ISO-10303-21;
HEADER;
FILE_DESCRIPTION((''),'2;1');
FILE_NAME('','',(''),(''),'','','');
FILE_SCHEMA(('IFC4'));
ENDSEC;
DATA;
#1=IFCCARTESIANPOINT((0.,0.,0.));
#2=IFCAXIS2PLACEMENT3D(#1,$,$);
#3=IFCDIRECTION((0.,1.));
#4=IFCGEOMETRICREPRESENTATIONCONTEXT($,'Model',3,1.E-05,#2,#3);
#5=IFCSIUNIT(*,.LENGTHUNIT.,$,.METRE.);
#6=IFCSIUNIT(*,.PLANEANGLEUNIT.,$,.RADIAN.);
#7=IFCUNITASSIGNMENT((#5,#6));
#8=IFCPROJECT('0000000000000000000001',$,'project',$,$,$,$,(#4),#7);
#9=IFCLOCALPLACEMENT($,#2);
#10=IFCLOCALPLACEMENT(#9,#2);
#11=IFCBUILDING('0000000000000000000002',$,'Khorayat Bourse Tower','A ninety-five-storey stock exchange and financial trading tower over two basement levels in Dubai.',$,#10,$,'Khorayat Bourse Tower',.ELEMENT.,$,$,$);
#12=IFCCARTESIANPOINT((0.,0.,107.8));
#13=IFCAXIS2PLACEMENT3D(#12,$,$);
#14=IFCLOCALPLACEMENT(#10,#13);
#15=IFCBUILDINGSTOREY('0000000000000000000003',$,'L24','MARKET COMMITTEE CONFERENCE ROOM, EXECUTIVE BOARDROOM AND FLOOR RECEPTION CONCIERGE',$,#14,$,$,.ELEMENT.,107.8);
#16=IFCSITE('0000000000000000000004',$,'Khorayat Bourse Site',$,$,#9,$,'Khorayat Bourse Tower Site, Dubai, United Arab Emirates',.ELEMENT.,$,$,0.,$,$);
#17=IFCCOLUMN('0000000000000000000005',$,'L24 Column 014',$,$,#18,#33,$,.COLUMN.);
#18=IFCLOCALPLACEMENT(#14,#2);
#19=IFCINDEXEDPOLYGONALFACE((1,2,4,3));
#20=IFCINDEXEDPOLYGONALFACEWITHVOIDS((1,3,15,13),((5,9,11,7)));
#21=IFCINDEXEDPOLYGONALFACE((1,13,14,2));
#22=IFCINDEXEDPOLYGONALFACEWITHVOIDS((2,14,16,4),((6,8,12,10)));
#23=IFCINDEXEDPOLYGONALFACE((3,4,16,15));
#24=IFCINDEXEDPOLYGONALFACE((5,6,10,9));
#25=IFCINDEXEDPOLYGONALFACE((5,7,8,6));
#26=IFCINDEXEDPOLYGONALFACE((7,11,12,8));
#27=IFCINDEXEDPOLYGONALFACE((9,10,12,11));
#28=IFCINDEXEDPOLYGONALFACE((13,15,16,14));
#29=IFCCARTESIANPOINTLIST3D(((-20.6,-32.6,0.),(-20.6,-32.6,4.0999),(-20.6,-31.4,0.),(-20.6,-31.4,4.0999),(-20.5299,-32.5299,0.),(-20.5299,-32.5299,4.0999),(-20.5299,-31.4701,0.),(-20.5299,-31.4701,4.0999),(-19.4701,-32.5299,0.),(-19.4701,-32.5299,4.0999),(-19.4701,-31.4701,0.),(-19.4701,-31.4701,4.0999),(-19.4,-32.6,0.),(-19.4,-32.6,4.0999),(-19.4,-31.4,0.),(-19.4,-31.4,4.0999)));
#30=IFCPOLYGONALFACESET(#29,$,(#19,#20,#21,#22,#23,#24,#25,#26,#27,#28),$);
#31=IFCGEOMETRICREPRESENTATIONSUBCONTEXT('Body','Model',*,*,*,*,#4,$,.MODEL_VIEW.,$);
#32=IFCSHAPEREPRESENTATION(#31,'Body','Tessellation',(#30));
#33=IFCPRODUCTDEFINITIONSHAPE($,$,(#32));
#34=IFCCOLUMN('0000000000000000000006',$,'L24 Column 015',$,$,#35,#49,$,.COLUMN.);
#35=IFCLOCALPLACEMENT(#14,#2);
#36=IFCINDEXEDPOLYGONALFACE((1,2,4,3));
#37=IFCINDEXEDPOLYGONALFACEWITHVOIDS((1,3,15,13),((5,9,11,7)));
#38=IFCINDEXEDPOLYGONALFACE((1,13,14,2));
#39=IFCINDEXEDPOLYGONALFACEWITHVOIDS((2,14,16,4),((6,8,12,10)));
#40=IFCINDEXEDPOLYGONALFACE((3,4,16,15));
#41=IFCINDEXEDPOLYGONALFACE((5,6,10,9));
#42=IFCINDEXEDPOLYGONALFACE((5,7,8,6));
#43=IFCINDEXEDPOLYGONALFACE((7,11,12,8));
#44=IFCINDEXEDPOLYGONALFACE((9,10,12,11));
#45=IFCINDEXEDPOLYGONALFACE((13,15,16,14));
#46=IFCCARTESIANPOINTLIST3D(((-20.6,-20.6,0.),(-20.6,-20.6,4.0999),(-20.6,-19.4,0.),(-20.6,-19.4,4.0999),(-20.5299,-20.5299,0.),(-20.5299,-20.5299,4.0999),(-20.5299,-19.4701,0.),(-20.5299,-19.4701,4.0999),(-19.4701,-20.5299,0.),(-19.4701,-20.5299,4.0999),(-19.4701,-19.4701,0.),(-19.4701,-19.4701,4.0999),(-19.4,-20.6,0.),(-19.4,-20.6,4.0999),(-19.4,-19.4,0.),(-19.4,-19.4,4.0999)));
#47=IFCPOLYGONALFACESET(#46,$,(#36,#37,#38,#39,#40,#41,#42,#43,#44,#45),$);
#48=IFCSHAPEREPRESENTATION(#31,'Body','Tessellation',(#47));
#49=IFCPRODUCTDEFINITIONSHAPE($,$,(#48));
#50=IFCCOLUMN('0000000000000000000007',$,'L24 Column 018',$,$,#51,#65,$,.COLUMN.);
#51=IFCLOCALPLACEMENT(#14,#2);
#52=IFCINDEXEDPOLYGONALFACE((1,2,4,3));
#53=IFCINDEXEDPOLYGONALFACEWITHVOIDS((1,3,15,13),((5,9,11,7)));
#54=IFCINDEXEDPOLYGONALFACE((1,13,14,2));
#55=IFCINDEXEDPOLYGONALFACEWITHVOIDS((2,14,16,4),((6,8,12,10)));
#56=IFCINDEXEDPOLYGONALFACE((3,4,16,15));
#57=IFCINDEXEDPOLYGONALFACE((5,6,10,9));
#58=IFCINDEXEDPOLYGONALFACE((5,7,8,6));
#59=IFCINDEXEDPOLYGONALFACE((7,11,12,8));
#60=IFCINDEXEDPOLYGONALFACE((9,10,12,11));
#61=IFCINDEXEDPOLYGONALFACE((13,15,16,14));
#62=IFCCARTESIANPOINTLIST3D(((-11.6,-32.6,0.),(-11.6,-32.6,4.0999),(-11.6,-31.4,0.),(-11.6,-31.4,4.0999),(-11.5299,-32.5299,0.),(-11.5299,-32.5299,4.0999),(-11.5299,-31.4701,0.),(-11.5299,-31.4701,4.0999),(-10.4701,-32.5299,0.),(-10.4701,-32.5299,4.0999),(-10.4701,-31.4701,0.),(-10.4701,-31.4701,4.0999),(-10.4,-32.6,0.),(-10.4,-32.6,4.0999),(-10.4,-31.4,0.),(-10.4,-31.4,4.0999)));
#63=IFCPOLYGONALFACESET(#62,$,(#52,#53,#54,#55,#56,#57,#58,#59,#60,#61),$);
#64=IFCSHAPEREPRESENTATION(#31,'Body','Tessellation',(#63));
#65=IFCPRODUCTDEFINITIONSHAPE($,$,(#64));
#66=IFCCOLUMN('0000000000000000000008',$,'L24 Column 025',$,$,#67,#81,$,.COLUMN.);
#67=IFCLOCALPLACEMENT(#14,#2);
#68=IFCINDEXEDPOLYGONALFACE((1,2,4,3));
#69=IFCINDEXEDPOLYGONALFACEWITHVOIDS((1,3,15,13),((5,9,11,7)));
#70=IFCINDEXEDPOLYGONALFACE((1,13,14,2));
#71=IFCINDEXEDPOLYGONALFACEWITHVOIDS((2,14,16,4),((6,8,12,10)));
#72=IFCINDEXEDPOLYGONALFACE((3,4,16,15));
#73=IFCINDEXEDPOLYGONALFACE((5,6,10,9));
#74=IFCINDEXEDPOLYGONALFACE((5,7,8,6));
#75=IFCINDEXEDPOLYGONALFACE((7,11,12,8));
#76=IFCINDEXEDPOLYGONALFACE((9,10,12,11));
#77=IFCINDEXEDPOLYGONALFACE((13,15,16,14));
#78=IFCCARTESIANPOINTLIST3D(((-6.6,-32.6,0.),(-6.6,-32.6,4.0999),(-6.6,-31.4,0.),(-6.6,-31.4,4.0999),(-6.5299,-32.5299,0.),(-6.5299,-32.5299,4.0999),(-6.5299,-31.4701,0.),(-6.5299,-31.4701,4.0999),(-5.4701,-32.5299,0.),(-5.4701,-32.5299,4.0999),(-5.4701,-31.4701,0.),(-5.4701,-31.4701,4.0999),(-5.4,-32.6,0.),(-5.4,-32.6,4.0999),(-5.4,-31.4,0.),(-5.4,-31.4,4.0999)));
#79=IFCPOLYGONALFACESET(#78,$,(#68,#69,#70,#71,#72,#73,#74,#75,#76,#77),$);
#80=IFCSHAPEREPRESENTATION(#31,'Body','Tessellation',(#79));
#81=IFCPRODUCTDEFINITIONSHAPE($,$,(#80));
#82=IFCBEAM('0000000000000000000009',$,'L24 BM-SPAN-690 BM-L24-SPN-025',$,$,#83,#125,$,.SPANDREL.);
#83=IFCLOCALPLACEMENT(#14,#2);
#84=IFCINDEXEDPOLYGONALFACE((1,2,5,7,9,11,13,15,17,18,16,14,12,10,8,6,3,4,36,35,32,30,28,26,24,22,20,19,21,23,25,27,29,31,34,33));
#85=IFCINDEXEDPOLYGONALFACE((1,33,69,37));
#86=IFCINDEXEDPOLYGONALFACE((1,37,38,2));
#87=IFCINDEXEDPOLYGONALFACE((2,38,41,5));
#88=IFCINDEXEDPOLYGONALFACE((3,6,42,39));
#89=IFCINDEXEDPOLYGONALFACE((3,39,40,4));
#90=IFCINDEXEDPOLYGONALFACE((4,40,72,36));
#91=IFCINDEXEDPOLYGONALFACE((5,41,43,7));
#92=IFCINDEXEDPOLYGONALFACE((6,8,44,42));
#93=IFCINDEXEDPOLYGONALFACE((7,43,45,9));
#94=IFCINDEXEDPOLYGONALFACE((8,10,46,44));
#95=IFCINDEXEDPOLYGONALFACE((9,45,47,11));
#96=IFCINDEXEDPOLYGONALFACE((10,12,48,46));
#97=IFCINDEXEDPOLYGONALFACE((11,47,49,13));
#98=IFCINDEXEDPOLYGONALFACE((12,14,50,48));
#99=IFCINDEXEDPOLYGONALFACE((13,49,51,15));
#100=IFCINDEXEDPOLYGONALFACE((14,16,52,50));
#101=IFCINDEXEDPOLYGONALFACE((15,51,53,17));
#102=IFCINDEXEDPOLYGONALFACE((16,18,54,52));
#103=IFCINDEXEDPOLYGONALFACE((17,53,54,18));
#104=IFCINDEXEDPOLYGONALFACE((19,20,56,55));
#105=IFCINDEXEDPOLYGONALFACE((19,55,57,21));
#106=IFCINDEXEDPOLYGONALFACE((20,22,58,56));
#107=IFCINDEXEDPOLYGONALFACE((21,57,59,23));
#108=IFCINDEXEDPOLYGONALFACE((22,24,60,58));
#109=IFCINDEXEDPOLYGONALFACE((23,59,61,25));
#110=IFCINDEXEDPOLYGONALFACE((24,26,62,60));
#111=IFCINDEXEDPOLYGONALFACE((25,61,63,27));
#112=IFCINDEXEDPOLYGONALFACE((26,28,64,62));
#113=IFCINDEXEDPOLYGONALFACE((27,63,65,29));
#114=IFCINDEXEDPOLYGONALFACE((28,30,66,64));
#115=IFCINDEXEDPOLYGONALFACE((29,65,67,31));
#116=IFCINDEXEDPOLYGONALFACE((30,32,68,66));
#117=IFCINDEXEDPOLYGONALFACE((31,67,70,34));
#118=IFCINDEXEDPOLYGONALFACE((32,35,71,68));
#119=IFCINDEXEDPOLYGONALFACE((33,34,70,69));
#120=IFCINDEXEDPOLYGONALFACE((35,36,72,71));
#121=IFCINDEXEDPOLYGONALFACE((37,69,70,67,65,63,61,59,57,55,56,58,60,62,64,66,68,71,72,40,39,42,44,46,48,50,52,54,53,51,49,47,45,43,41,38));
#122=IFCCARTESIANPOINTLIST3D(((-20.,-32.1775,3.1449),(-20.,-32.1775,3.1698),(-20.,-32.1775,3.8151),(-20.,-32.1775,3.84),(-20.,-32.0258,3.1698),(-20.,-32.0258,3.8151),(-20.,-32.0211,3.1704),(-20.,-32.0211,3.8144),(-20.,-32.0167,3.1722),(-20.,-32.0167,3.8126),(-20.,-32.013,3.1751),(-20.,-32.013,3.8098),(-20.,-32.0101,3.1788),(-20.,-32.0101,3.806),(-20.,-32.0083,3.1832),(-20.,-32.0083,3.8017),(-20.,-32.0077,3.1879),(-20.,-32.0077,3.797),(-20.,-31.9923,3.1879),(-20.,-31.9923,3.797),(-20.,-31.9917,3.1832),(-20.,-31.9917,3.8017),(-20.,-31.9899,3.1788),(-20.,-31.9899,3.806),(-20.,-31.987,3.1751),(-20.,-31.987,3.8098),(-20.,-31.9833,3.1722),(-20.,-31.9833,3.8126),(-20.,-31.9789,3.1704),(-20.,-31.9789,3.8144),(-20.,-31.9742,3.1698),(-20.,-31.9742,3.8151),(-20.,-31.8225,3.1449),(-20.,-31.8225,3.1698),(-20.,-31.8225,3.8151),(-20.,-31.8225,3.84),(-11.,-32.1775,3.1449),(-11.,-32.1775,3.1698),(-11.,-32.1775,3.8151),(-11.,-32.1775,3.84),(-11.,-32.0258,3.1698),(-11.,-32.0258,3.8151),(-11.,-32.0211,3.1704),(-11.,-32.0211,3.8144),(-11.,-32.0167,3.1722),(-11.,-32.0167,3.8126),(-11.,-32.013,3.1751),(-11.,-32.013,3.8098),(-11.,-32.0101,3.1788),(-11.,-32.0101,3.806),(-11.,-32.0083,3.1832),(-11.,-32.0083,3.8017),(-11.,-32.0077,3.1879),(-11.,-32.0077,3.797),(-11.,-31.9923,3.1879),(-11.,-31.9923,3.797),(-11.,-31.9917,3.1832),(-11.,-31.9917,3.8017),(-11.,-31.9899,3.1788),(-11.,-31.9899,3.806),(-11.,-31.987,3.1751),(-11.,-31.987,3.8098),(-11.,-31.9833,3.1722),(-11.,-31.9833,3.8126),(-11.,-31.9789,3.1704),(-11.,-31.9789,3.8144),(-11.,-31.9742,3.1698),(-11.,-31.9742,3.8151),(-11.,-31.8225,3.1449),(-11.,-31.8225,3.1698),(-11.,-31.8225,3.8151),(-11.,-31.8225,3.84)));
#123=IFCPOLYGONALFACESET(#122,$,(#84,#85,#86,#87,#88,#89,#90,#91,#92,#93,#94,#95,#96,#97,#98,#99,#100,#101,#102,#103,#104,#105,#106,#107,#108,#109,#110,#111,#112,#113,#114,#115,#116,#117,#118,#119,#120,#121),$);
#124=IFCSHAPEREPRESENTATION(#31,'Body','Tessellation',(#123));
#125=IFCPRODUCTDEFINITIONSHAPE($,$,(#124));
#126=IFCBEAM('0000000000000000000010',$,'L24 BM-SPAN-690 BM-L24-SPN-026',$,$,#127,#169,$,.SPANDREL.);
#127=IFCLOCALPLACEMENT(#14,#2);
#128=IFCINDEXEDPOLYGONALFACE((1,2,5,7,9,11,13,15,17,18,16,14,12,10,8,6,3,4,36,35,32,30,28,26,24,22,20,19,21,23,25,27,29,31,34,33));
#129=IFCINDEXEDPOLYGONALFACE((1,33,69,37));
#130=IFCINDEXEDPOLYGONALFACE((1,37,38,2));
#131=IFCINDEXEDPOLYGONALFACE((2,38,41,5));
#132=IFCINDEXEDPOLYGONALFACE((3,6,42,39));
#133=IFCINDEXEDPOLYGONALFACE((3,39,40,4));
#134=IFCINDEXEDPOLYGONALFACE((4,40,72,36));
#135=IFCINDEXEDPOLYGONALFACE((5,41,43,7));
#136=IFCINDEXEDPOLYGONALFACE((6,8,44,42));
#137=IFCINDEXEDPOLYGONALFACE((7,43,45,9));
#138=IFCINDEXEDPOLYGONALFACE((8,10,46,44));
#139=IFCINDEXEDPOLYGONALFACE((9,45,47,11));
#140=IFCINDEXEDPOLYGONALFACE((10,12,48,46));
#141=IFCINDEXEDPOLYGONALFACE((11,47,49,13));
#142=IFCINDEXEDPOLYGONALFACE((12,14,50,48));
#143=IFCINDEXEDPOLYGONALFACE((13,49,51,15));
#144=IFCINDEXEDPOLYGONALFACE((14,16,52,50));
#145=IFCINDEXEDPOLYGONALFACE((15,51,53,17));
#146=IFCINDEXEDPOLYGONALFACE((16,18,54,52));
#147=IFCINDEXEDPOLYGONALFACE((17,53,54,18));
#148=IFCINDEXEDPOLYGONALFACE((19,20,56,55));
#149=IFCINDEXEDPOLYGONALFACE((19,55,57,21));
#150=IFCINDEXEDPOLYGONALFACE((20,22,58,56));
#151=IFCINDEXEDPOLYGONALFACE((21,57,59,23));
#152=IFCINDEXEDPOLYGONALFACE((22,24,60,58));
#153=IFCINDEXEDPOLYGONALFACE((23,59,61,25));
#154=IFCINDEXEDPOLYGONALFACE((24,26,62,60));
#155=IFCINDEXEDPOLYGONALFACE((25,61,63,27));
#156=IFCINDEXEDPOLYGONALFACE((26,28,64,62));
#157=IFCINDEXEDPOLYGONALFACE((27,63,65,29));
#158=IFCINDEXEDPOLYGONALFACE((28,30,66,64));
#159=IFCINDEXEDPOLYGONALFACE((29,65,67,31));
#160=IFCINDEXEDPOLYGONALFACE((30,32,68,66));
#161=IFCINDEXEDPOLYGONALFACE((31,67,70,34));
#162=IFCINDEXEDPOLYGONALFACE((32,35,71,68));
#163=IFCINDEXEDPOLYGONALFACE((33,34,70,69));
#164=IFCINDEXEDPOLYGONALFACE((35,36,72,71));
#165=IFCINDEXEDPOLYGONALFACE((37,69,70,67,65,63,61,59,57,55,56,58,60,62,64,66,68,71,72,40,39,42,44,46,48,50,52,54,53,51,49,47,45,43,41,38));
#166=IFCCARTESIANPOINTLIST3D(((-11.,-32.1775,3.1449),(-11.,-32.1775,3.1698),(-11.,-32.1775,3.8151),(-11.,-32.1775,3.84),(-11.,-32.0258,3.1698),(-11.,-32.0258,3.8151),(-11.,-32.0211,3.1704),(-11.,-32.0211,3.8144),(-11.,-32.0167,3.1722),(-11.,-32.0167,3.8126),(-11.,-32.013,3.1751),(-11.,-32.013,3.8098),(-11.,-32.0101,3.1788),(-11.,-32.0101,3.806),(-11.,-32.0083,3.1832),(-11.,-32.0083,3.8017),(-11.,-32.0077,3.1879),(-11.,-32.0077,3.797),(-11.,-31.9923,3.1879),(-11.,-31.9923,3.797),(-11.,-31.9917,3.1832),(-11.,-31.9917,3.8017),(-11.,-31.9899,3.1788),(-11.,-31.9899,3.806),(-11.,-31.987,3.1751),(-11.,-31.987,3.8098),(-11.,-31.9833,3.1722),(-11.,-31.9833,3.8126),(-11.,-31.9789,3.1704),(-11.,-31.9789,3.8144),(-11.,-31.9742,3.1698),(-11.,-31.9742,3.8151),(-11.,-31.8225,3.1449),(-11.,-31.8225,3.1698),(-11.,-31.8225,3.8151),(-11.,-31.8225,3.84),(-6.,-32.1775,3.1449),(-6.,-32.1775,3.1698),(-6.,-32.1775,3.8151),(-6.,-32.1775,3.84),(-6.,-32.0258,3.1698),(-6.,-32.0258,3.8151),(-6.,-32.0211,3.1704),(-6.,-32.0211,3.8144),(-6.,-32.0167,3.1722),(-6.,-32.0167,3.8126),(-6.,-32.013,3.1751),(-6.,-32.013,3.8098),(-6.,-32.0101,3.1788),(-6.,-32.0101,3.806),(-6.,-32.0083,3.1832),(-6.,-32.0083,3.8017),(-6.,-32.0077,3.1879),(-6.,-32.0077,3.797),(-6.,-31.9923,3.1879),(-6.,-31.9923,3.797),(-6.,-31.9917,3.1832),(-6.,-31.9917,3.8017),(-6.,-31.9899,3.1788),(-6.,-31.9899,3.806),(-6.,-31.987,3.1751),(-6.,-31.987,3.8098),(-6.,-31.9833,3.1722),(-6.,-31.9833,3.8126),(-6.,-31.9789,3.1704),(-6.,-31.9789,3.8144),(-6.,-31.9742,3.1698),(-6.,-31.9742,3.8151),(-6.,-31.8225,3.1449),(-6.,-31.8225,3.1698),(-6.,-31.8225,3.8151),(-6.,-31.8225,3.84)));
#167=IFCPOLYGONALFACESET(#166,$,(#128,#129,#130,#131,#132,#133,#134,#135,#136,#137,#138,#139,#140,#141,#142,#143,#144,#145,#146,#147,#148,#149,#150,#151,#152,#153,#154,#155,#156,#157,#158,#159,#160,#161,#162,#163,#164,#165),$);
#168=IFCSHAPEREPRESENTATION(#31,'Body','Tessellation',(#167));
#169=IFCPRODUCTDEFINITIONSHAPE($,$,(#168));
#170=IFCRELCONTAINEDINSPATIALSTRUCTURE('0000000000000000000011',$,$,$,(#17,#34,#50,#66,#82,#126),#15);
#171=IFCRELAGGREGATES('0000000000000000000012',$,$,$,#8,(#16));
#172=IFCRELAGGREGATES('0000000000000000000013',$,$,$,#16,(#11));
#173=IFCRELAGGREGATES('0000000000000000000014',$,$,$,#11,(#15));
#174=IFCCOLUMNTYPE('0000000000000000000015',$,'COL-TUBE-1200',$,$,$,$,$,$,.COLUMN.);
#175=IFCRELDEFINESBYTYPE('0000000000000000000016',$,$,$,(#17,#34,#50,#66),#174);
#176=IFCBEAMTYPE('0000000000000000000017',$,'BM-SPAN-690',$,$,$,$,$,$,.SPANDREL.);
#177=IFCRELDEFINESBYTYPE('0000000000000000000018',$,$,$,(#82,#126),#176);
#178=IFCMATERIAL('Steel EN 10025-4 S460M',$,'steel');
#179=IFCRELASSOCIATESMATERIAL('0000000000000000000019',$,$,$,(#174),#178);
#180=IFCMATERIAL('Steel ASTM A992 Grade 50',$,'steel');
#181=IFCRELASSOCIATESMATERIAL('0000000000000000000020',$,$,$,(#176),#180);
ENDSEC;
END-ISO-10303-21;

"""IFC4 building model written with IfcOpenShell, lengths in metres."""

from ifc_helpers import new_model, si_unit, direction, frame, origin, origin_2d, place, context, subcontext, project, spatial, hollow_rectangle, i_section, extrude, source, transform, mapped, material, material_profile, profile_set, type_object, element, save


model = new_model("IFC4")

# Units and contexts
model_context = context("Model", 3, precision=1e-05, world=origin(), true_north=direction((0.0, 1.0)))
body_context = subcontext(model_context, "Body", "Model", "MODEL_VIEW")
ifc_project = project(units=[si_unit("LENGTHUNIT", "METRE"), si_unit("PLANEANGLEUNIT", "RADIAN")], contexts=[model_context])

# Site, building, storey
site_placement = place(None, origin())
site = spatial("IfcSite", under=ifc_project, at=site_placement, Name="Khorayat Bourse Site", LongName="Khorayat Bourse Tower Site, Dubai, United Arab Emirates", CompositionType="ELEMENT", RefElevation=0.0)
building_placement = place(site_placement, origin())
building = spatial("IfcBuilding", under=site, at=building_placement, Name="Khorayat Bourse Tower", Description="A ninety-five-storey stock exchange and financial trading tower over two basement levels in Dubai.", LongName="Khorayat Bourse Tower", CompositionType="ELEMENT")
storey_placement = place(building_placement, frame((0.0, 0.0, 107.8)))
storey = spatial("IfcBuildingStorey", under=building, at=storey_placement, Name="L24", Description="MARKET COMMITTEE CONFERENCE ROOM, EXECUTIVE BOARDROOM AND FLOOR RECEPTION CONCIERGE", CompositionType="ELEMENT", Elevation=107.8)

# Columns
ifc_material_1 = material(Name="Steel EN 10025-4 S460M", Category="steel")
ifc_material_profile_1 = material_profile(ifc_material_1, hollow_rectangle(XDim=1.2, YDim=1.2, WallThickness=0.0701, at=origin_2d()), Name="BOX 1200x1200x70")
ifc_profile_set_1 = profile_set([ifc_material_profile_1], Name="Steel EN 10025-4 S460M")
column_type = type_object("IfcColumnType", Name="COL-TUBE-1200", PredefinedType="COLUMN", material=ifc_profile_set_1)
shared_shape_1 = source(origin(), body_context, "Body", "SweptSolid", [
    extrude(hollow_rectangle(XDim=1.2, YDim=1.2, WallThickness=0.0701, at=origin_2d()), origin(), (0.0, 0.0, 1.0), 4.0999),
])
for number, where, z_axis, x_axis, name in (
    (1, (-20.0, -32.0, 0.0), (0.0, 0.0, 1.0), (1.0, 0.0, 0.0), "L24 Column 014"),
    (2, (-20.0, -20.0, 0.0), (0.0, 0.0, 1.0), (1.0, 0.0, 0.0), "L24 Column 015"),
    (3, (-11.0, -32.0, 0.0), (0.0, 0.0, 1.0), (1.0, 0.0, 0.0), "L24 Column 018"),
    (4, (-6.0, -32.0, 0.0), (0.0, 0.0, 1.0), (1.0, 0.0, 0.0), "L24 Column 025"),
):
    element("IfcColumn", number, at=place(storey_placement, frame(where, z_axis=z_axis, x_axis=x_axis)), inside=storey, type_object=column_type, Name=name, PredefinedType="COLUMN", context=body_context, shape_type="MappedRepresentation", body=[
        mapped(shared_shape_1, transform((0.0, 0.0, 0.0), scale=1.0)),
    ])

# Beams
ifc_material_2 = material(Name="Steel ASTM A992 Grade 50", Category="steel")
ifc_material_profile_2 = material_profile(ifc_material_2, i_section(OverallWidth=0.355, OverallDepth=0.6951, WebThickness=0.0154, FlangeThickness=0.0249, FilletRadius=0.0181, at=origin_2d()), Name="W690X217")
ifc_profile_set_2 = profile_set([ifc_material_profile_2], Name="Steel ASTM A992 Grade 50")
beam_type_1 = type_object("IfcBeamType", Name="BM-SPAN-690", PredefinedType="SPANDREL", material=ifc_profile_set_2)
shared_shape_2 = source(origin(), body_context, "Body", "SweptSolid", [
    extrude(i_section(OverallWidth=0.355, OverallDepth=0.6951, WebThickness=0.0154, FlangeThickness=0.0249, FilletRadius=0.0181, at=origin_2d()), origin(), (0.0, 0.0, 1.0), 9.0),
])
beam_1_placement = place(storey_placement, frame((-20.0, -32.0, 3.4924), z_axis=(1.0, 0.0, 0.0), x_axis=(0.0, 1.0, 0.0)))
element("IfcBeam", 5, at=beam_1_placement, inside=storey, type_object=beam_type_1, Name="L24 BM-SPAN-690 BM-L24-SPN-025", PredefinedType="SPANDREL", context=body_context, shape_type="MappedRepresentation", body=[
    mapped(shared_shape_2, transform((0.0, 0.0, 0.0), scale=1.0)),
])
shared_shape_3 = source(origin(), body_context, "Body", "SweptSolid", [
    extrude(i_section(OverallWidth=0.355, OverallDepth=0.6951, WebThickness=0.0154, FlangeThickness=0.0249, FilletRadius=0.0181, at=origin_2d()), origin(), (0.0, 0.0, 1.0), 5.0),
])
beam_2_placement = place(storey_placement, frame((-11.0, -32.0, 3.4924), z_axis=(1.0, 0.0, 0.0), x_axis=(0.0, 1.0, 0.0)))
element("IfcBeam", 6, at=beam_2_placement, inside=storey, type_object=beam_type_1, Name="L24 BM-SPAN-690 BM-L24-SPN-026", PredefinedType="SPANDREL", context=body_context, shape_type="MappedRepresentation", body=[
    mapped(shared_shape_3, transform((0.0, 0.0, 0.0), scale=1.0)),
])

save(model, "model.ifc")
